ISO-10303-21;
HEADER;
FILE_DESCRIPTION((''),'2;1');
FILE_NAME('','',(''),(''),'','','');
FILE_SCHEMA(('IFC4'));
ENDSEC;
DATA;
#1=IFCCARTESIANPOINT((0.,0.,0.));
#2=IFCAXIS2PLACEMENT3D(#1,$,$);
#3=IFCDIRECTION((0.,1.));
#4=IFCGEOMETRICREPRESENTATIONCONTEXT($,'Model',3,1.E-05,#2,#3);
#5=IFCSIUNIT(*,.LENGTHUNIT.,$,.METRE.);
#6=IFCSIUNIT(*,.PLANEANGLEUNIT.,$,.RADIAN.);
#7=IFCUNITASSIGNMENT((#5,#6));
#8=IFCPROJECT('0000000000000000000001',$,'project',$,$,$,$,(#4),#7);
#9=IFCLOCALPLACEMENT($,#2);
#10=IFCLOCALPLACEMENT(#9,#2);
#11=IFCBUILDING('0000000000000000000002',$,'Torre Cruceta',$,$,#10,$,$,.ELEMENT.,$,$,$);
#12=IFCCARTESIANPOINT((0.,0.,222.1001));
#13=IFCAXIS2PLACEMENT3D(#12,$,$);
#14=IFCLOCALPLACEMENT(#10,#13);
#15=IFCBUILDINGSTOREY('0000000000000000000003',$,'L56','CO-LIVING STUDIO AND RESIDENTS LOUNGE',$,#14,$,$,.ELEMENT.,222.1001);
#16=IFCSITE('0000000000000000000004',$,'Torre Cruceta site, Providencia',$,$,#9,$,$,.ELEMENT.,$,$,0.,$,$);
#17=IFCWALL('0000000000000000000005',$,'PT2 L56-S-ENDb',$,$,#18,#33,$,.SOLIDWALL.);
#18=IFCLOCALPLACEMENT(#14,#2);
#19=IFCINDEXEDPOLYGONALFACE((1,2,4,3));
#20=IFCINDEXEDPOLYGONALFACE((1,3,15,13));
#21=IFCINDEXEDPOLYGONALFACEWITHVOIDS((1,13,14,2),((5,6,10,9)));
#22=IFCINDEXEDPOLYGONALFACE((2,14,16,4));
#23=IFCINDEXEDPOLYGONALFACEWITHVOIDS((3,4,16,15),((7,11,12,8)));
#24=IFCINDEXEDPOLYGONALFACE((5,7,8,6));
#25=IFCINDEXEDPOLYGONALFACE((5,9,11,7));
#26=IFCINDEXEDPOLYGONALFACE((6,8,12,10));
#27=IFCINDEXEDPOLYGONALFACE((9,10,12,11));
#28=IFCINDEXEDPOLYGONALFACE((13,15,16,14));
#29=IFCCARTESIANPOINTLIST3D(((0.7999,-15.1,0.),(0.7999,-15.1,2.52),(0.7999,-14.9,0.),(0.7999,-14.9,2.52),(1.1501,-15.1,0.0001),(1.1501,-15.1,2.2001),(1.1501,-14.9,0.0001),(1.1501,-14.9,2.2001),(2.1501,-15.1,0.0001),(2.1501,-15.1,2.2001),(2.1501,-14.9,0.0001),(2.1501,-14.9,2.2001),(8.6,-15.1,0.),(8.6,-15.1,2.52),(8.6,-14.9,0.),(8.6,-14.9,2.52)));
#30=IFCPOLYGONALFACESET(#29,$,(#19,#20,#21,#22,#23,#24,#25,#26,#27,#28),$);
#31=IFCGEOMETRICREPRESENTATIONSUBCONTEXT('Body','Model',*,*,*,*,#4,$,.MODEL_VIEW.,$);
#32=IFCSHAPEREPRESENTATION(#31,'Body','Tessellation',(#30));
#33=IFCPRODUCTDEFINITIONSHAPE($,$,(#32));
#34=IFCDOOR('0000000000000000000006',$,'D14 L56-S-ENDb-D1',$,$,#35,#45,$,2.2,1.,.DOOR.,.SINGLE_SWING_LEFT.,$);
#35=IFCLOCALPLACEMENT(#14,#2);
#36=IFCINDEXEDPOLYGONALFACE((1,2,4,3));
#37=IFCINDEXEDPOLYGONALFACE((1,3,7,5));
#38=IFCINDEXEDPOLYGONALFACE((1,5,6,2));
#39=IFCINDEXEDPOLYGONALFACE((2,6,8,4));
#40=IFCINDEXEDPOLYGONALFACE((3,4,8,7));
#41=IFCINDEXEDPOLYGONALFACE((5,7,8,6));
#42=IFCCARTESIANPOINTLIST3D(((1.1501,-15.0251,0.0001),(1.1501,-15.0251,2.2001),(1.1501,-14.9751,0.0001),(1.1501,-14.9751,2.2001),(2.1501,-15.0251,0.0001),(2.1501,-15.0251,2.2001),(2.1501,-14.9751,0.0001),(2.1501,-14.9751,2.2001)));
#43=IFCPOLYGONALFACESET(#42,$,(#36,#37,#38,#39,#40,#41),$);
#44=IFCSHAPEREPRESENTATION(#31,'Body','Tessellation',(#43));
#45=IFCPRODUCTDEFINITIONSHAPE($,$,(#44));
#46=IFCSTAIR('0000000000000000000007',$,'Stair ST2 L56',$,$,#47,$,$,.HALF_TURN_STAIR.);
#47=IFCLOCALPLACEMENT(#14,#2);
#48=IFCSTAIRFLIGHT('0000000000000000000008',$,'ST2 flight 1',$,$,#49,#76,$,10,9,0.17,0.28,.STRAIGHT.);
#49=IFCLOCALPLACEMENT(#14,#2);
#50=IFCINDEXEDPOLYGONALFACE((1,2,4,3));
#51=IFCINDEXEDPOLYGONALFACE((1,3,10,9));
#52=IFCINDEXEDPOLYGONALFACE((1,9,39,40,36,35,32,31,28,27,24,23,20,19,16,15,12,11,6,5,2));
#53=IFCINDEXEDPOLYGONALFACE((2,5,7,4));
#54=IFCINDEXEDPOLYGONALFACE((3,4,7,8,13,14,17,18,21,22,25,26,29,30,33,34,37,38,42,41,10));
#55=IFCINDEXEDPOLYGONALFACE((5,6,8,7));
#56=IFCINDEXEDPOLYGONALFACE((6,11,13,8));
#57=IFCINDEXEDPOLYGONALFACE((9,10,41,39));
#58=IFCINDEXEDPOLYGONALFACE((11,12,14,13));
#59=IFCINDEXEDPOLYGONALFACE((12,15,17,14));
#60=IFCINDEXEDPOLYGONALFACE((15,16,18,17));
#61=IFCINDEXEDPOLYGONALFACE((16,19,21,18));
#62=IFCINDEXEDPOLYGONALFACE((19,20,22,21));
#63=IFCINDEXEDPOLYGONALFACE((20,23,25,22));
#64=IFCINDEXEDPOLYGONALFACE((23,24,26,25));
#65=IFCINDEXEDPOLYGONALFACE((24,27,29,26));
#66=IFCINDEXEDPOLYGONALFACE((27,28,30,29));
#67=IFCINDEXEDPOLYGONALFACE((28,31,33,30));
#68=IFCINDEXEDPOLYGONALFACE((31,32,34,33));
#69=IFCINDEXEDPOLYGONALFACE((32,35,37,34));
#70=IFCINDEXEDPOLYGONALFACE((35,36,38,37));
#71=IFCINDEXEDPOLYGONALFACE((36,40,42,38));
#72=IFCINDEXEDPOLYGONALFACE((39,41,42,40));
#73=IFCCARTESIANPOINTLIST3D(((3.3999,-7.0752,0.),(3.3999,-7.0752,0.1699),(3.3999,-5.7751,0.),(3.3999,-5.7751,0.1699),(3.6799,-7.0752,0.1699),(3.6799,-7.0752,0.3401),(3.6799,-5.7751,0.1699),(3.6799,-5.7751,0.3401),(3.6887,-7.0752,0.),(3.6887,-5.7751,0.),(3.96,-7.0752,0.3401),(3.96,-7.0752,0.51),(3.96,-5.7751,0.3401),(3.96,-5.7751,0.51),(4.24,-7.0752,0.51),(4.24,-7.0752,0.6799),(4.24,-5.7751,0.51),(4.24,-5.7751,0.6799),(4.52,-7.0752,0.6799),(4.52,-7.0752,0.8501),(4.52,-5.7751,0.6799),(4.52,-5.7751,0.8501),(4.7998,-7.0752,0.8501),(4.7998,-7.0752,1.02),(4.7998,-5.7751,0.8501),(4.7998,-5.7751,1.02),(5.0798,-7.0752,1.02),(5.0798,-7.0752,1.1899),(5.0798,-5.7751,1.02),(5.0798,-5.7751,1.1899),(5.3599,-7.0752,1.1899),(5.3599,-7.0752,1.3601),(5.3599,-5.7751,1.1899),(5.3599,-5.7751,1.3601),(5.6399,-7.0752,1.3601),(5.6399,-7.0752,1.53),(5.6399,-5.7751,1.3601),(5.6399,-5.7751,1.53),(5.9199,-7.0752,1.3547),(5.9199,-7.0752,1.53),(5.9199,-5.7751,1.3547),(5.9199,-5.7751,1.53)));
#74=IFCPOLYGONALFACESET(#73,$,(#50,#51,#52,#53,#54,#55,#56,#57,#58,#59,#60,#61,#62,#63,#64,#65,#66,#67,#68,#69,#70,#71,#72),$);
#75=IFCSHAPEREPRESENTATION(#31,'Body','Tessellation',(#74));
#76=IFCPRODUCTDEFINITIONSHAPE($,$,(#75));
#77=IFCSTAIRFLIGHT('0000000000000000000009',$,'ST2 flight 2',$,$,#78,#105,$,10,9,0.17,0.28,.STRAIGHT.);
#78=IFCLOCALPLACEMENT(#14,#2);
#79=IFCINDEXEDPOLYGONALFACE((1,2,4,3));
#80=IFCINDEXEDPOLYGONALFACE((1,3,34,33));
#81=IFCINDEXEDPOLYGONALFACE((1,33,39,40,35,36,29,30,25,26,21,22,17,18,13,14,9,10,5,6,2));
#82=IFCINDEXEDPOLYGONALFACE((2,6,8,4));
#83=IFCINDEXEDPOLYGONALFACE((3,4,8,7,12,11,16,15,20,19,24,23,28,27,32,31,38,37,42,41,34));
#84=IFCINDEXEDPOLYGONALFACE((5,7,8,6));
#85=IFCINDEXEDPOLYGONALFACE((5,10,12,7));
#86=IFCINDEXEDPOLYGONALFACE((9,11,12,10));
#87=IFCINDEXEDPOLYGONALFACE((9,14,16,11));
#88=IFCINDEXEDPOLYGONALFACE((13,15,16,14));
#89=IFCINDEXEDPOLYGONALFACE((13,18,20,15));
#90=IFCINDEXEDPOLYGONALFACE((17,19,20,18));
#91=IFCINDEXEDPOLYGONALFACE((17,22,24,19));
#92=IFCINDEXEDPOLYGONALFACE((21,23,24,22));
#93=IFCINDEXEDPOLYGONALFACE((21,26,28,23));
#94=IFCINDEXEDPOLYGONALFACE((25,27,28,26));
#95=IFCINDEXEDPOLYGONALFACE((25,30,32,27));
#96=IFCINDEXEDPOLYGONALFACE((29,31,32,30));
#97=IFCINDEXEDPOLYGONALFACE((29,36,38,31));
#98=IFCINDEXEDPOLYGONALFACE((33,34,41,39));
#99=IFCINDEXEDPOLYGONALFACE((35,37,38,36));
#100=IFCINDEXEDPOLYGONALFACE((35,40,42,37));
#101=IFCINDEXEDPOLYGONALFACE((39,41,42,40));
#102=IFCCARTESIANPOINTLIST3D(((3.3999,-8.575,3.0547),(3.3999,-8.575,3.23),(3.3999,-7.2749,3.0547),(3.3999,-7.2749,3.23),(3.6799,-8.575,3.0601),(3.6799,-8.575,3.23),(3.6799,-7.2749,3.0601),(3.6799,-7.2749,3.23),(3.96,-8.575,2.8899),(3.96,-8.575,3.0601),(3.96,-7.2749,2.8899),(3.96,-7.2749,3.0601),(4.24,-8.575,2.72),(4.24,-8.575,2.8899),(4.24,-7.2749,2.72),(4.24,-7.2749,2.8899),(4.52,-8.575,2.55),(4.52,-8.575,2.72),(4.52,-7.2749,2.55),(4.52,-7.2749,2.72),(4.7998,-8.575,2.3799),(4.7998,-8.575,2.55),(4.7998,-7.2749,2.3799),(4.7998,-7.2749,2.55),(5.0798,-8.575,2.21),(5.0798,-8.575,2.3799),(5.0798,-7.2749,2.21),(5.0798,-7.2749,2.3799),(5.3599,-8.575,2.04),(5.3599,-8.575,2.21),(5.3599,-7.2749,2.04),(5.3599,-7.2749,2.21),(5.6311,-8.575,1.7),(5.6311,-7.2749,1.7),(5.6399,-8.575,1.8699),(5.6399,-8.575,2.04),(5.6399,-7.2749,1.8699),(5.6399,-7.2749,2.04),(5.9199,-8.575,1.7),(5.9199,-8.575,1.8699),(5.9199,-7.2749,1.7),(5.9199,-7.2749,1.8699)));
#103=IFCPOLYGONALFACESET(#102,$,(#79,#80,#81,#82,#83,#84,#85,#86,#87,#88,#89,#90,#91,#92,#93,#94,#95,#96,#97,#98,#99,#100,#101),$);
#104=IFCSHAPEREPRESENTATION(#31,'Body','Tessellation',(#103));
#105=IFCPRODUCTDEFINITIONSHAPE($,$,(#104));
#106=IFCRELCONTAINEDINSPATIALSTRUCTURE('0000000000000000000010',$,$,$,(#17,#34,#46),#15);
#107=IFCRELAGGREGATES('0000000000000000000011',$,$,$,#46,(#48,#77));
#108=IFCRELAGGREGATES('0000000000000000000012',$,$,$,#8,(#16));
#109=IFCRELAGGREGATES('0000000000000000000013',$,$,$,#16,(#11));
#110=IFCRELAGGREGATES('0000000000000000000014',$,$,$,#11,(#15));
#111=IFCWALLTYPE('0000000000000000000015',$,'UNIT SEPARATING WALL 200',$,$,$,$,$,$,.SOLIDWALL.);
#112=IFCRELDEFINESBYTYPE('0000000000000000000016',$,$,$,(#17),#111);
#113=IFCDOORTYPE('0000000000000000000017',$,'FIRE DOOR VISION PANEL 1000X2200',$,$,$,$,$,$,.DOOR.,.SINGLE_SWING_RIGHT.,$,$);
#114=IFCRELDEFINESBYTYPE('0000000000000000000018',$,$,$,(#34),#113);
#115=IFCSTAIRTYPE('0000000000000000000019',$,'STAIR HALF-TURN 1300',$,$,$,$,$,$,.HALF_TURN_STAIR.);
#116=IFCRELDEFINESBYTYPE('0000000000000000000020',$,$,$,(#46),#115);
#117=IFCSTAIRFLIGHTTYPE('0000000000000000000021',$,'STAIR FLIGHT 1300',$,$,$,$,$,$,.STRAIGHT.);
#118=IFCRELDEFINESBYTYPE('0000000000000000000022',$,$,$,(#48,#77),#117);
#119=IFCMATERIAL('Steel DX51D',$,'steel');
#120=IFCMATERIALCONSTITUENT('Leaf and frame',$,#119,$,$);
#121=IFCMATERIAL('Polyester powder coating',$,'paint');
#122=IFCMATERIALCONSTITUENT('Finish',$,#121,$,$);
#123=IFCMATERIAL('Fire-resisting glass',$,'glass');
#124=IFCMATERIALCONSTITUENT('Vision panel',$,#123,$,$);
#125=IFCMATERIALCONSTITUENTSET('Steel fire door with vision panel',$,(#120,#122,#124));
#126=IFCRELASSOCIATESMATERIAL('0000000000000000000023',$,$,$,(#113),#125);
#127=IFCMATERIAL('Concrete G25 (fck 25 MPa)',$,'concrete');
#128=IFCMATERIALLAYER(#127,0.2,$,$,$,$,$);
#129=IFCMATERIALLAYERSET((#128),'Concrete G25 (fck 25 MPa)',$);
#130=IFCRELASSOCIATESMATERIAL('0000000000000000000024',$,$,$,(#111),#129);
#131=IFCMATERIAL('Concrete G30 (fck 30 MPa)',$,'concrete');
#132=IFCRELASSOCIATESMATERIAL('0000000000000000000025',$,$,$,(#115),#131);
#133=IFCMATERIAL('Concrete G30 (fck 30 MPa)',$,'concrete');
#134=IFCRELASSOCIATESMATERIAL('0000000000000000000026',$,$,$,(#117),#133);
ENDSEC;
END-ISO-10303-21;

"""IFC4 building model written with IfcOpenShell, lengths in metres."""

from ifc_helpers import new_model, si_unit, direction, frame, frame_2d, origin, place, context, subcontext, project, spatial, polyline, rectangle, outline, extrude, material, layer, layer_set, constituent, constituent_set, type_object, element, fill, aggregate, save


model = new_model("IFC4")

# Units and contexts
model_context = context("Model", 3, precision=1e-05, world=origin(), true_north=direction((0.0, 1.0)))
body_context = subcontext(model_context, "Body", "Model", "MODEL_VIEW")
ifc_project = project(units=[si_unit("LENGTHUNIT", "METRE"), si_unit("PLANEANGLEUNIT", "RADIAN")], contexts=[model_context])

# Site, building, storey
site_placement = place(None, origin())
site = spatial("IfcSite", under=ifc_project, at=site_placement, Name="Torre Cruceta site, Providencia", CompositionType="ELEMENT", RefElevation=0.0)
building_placement = place(site_placement, origin())
building = spatial("IfcBuilding", under=site, at=building_placement, Name="Torre Cruceta", CompositionType="ELEMENT")
storey_placement = place(building_placement, frame((0.0, 0.0, 222.1001)))
storey = spatial("IfcBuildingStorey", under=building, at=storey_placement, Name="L56", Description="CO-LIVING STUDIO AND RESIDENTS LOUNGE", CompositionType="ELEMENT", Elevation=222.1001)

# Shared definitions
ifc_material_1 = material(Name="Steel DX51D", Category="steel")
ifc_constituent_1 = constituent(ifc_material_1, Name="Leaf and frame")
ifc_material_2 = material(Name="Polyester powder coating", Category="paint")
ifc_constituent_2 = constituent(ifc_material_2, Name="Finish")
ifc_material_3 = material(Name="Fire-resisting glass", Category="glass")
ifc_constituent_3 = constituent(ifc_material_3, Name="Vision panel")
ifc_constituent_set_1 = constituent_set(constituents=[ifc_constituent_1, ifc_constituent_2, ifc_constituent_3], Name="Steel fire door with vision panel")
door_type_1 = type_object("IfcDoorType", Name="FIRE DOOR VISION PANEL 1000X2200", OperationType="SINGLE_SWING_RIGHT", PredefinedType="DOOR", material=ifc_constituent_set_1)

# Wall, opening, door
ifc_material_4 = material(Name="Concrete G25 (fck 25 MPa)", Category="concrete")
ifc_layer_1 = layer(ifc_material_4, 0.2)
ifc_layer_set_1 = layer_set([ifc_layer_1], Name="Concrete G25 (fck 25 MPa)")
wall_type_1 = type_object("IfcWallType", Name="UNIT SEPARATING WALL 200", PredefinedType="SOLIDWALL", material=ifc_layer_set_1)
wall_1_placement = place(storey_placement, frame((0.8, -15.0, 0.0), z_axis=(0.0, 0.0, 1.0), x_axis=(1.0, 0.0, 0.0)))
wall_1 = element("IfcWall", 1, at=wall_1_placement, inside=storey, type_object=wall_type_1, Name="PT2 L56-S-ENDb", PredefinedType="SOLIDWALL", context=body_context, shape_type="SweptSolid", body=[
    extrude(rectangle(XDim=7.8, YDim=0.2, at=frame_2d((3.8999, 0.0))), origin(), (0.0, 0.0, 1.0), 2.52),
])
opening_1_placement = place(wall_1_placement, frame((0.3501, 0.0, 0.0)))
opening_1 = element("IfcOpeningElement", 2, at=opening_1_placement, cuts=wall_1, PredefinedType="OPENING", context=body_context, shape_type="SweptSolid", body=[
    extrude(rectangle(XDim=1.0, YDim=2.2, at=frame_2d((0.5, 1.1001))), frame((0.0, 0.1099, 0.0), z_axis=(0.0, -1.0, 0.0), x_axis=(1.0, 0.0, 0.0)), (0.0, 0.0, 1.0), 0.22),
])
door_1_placement = place(opening_1_placement, frame((1.0, 0.0, 0.0), z_axis=(0.0, 0.0, 1.0), x_axis=(-1.0, 0.0, 0.0)))
door_1 = element("IfcDoor", 3, at=door_1_placement, inside=storey, type_object=door_type_1, Name="D14 L56-S-ENDb-D1", OperationType="SINGLE_SWING_LEFT", OverallHeight=2.2, OverallWidth=1.0, PredefinedType="DOOR", context=body_context, shape_type="SweptSolid", body=[
    extrude(rectangle(XDim=1.0, YDim=2.2, at=frame_2d((0.5, 1.1001))), frame((0.0, 0.0251, 0.0), z_axis=(0.0, -1.0, 0.0), x_axis=(1.0, 0.0, 0.0)), (0.0, 0.0, 1.0), 0.05),
])
fill(opening_1, door_1)

# Stair, stair flights
ifc_material_5 = material(Name="Concrete G30 (fck 30 MPa)", Category="concrete")
stair_type = type_object("IfcStairType", Name="STAIR HALF-TURN 1300", PredefinedType="HALF_TURN_STAIR", material=ifc_material_5)
stair_placement = place(storey_placement, origin())
stair = element("IfcStair", 4, at=stair_placement, inside=storey, type_object=stair_type, Name="Stair ST2 L56", PredefinedType="HALF_TURN_STAIR")
ifc_material_6 = material(Name="Concrete G30 (fck 30 MPa)", Category="concrete")
stair_flight_type = type_object("IfcStairFlightType", Name="STAIR FLIGHT 1300", PredefinedType="STRAIGHT", material=ifc_material_6)
stair_flight_1_placement = place(storey_placement, frame((3.3999, -6.425, 0.0), z_axis=(0.0, 0.0, 1.0), x_axis=(1.0, 0.0, 0.0)))
stair_flight_1 = element("IfcStairFlight", 5, at=stair_flight_1_placement, type_object=stair_flight_type, Name="ST2 flight 1", NumberOfRisers=10, NumberOfTreads=9, PredefinedType="STRAIGHT", RiserHeight=0.17, TreadLength=0.28, context=body_context, shape_type="SweptSolid", body=[
    extrude(outline(polyline([(0.0, 0.0), (0.0, 0.1699), (0.28, 0.1699), (0.28, 0.3401), (0.5601, 0.3401), (0.5601, 0.51), (0.8401, 0.51), (0.8401, 0.6799), (1.1201, 0.6799), (1.1201, 0.8501), (1.3999, 0.8501), (1.3999, 1.02), (1.6799, 1.02), (1.6799, 1.1899), (1.96, 1.1899), (1.96, 1.3601), (2.24, 1.3601), (2.24, 1.53), (2.52, 1.53), (2.52, 1.7), (2.52, 1.3547), (0.2888, 0.0), (0.0, 0.0)])), frame((0.0, 0.6499, 0.0), z_axis=(0.0, -1.0, 0.0), x_axis=(1.0, 0.0, 0.0)), (0.0, 0.0, 1.0), 1.3),
])
stair_flight_2_placement = place(storey_placement, frame((5.9199, -7.925, 1.7), z_axis=(0.0, 0.0, 1.0), x_axis=(-1.0, 0.0, 0.0)))
stair_flight_2 = element("IfcStairFlight", 6, at=stair_flight_2_placement, type_object=stair_flight_type, Name="ST2 flight 2", NumberOfRisers=10, NumberOfTreads=9, PredefinedType="STRAIGHT", RiserHeight=0.17, TreadLength=0.28, context=body_context, shape_type="SweptSolid", body=[
    extrude(outline(polyline([(0.0, 0.0), (0.0, 0.1699), (0.28, 0.1699), (0.28, 0.3401), (0.5601, 0.3401), (0.5601, 0.51), (0.8401, 0.51), (0.8401, 0.6799), (1.1201, 0.6799), (1.1201, 0.8501), (1.3999, 0.8501), (1.3999, 1.02), (1.6799, 1.02), (1.6799, 1.1899), (1.96, 1.1899), (1.96, 1.3601), (2.24, 1.3601), (2.24, 1.53), (2.52, 1.53), (2.52, 1.7), (2.52, 1.3547), (0.2888, 0.0), (0.0, 0.0)])), frame((0.0, 0.6499, 0.0), z_axis=(0.0, -1.0, 0.0), x_axis=(1.0, 0.0, 0.0)), (0.0, 0.0, 1.0), 1.3),
])
aggregate(stair, [stair_flight_1, stair_flight_2])

save(model, "model.ifc")
